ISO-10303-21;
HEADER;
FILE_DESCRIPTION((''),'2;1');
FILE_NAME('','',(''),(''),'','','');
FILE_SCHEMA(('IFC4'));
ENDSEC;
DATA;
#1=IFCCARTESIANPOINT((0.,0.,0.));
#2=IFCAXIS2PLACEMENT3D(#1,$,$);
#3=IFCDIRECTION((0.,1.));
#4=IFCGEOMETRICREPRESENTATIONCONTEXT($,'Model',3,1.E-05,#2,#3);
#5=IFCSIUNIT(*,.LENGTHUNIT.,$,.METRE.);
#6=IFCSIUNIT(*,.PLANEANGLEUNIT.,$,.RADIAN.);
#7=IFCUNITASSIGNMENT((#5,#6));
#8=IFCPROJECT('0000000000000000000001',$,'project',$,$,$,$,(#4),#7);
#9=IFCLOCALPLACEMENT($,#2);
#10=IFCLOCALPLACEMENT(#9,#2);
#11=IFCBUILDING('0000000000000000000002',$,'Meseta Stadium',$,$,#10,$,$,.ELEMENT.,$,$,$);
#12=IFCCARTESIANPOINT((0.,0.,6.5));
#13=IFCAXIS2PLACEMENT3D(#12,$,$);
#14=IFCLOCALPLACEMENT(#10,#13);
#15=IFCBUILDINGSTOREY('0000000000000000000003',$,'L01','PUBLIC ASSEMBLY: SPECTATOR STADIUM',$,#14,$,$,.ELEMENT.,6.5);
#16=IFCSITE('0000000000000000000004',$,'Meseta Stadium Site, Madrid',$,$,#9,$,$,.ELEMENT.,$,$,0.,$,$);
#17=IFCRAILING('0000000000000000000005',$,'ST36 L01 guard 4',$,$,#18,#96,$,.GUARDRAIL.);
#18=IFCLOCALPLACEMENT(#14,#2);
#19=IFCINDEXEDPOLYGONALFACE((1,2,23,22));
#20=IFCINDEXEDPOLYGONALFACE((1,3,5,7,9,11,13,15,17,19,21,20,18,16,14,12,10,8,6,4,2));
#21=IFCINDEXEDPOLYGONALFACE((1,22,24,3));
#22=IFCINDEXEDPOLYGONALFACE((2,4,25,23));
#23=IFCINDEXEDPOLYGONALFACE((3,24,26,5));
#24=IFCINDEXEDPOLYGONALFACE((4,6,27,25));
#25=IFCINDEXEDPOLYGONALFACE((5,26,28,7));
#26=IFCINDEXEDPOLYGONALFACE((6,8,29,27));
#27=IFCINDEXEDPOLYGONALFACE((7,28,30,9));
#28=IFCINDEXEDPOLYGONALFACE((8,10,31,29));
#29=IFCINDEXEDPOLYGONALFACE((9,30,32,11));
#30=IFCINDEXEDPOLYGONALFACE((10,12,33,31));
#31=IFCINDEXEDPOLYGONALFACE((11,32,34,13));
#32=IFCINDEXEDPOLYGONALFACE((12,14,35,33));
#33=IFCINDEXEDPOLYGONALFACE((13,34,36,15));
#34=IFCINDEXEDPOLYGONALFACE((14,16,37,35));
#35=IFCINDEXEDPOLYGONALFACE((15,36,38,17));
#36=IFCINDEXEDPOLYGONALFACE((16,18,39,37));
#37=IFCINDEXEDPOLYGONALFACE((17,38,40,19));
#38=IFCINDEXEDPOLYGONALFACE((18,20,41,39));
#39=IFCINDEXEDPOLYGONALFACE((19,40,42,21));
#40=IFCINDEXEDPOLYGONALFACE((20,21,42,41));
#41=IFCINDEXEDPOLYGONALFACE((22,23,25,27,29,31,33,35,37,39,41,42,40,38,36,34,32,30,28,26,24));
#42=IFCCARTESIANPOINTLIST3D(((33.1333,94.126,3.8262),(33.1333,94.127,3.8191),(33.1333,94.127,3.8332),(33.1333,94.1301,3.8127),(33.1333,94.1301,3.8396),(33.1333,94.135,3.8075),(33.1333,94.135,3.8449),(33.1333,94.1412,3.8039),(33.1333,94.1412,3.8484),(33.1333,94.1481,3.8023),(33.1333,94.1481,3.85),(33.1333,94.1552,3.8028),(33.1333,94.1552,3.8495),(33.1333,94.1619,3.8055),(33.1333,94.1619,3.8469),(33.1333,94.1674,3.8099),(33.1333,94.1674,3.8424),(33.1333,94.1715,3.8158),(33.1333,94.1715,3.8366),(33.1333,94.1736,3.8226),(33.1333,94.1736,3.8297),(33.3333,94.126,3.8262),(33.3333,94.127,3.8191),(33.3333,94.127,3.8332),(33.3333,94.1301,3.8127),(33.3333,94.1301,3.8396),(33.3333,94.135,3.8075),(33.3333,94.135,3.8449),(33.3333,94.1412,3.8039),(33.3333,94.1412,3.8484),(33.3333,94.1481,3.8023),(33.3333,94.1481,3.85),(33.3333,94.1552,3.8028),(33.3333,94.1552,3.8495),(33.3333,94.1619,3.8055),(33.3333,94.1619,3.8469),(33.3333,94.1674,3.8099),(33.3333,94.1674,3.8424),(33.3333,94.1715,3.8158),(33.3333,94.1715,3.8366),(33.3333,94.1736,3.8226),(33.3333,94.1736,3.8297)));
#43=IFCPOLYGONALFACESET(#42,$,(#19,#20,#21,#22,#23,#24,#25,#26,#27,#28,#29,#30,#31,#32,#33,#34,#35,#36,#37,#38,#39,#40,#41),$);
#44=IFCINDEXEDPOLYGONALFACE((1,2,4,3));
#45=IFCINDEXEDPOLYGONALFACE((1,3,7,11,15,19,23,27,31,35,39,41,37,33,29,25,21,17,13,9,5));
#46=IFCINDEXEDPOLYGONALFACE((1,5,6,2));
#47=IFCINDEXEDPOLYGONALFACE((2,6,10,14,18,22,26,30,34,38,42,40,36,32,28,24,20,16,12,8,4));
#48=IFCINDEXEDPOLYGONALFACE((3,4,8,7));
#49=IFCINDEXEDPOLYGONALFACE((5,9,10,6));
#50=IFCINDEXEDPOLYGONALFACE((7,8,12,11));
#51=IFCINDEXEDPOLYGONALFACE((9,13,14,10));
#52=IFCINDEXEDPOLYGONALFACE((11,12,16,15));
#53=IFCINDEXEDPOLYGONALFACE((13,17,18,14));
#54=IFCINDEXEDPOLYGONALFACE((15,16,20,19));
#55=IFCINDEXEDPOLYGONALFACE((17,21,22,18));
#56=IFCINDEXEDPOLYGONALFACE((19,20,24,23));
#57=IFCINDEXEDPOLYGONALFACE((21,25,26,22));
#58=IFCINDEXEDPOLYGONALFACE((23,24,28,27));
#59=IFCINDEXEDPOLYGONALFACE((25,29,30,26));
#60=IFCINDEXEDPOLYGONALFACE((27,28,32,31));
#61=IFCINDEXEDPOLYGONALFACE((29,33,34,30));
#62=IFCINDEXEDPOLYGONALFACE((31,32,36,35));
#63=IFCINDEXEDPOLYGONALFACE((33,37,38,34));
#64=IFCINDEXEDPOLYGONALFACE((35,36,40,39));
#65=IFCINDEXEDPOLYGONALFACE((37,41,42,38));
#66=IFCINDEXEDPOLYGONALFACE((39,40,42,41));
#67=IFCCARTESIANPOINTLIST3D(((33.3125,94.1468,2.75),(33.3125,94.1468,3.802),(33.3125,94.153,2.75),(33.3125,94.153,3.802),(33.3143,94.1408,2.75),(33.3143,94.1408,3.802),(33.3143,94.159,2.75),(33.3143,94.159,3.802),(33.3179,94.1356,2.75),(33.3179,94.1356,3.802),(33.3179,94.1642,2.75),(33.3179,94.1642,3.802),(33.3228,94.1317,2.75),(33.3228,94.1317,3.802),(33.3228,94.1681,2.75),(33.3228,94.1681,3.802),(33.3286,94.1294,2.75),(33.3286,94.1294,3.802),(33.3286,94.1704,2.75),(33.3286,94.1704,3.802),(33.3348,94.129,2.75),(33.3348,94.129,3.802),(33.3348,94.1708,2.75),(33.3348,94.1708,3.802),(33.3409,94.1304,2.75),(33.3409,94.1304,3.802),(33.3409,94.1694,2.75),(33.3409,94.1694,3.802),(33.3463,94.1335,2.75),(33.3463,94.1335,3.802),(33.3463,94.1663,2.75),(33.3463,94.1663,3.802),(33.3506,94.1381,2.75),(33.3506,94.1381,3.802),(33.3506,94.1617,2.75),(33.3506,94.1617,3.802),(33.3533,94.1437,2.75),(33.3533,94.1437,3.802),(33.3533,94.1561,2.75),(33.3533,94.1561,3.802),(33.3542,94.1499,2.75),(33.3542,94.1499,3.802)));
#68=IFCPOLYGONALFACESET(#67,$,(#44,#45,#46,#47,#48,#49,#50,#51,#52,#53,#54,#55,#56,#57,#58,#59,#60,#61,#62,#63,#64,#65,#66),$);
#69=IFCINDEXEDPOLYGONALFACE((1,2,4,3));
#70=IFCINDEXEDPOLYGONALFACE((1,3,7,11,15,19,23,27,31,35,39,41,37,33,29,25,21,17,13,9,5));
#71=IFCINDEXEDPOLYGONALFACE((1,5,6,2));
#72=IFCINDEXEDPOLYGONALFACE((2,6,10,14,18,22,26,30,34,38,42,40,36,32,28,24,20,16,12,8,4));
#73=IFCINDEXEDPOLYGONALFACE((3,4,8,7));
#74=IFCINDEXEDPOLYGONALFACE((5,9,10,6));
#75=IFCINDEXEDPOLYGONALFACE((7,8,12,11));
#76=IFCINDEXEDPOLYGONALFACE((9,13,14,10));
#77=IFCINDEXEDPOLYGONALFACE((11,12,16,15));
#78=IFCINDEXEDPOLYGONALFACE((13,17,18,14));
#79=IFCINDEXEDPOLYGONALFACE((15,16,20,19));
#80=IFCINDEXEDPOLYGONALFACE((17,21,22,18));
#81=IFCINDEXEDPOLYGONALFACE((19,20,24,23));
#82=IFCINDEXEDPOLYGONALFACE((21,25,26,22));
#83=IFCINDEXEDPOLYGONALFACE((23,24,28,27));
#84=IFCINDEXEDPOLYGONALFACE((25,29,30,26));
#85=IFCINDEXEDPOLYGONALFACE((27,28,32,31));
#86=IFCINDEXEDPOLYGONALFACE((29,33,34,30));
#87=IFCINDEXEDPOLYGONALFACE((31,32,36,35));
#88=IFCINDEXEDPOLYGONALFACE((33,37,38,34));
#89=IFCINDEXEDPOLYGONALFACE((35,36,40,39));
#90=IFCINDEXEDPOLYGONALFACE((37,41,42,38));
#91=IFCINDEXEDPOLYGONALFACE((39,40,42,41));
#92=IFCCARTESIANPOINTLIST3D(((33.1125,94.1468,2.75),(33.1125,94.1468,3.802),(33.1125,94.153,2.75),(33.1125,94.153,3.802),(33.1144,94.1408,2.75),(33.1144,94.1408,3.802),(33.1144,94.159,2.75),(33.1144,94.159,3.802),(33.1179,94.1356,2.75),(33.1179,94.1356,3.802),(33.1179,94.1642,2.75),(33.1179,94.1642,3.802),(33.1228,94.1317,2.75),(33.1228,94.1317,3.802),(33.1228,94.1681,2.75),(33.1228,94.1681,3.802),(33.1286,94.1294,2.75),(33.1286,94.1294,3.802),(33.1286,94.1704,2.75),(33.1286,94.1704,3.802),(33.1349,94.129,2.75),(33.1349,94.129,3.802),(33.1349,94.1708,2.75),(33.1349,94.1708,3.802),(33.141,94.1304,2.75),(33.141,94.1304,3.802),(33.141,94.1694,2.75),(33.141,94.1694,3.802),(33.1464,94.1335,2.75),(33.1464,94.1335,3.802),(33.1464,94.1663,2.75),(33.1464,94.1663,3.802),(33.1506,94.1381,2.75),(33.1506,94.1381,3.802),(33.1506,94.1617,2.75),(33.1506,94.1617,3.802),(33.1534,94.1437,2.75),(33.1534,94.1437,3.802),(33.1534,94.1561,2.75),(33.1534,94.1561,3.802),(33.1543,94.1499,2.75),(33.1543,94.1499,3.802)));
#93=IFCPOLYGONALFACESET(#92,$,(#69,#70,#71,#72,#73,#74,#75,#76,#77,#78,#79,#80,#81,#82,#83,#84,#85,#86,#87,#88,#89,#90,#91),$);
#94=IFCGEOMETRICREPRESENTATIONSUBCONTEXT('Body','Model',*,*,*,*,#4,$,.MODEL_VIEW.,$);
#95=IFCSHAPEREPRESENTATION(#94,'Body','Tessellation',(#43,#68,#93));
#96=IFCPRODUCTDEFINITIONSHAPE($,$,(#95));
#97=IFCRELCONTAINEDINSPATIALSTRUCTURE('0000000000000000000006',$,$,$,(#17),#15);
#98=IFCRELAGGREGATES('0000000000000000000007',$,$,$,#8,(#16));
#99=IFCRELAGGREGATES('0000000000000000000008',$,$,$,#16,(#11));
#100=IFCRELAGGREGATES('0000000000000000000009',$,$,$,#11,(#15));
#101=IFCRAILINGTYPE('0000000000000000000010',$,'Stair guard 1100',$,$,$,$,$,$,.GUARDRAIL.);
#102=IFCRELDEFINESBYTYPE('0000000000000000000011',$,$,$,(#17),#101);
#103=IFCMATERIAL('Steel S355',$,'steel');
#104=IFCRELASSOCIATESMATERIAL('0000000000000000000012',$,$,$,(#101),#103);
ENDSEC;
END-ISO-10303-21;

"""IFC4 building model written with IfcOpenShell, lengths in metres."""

from ifc_helpers import new_model, si_unit, direction, frame, origin, origin_2d, place, context, subcontext, project, spatial, circle, extrude, material, type_object, element, save


model = new_model("IFC4")

# Units and contexts
model_context = context("Model", 3, precision=1e-05, world=origin(), true_north=direction((0.0, 1.0)))
body_context = subcontext(model_context, "Body", "Model", "MODEL_VIEW")
ifc_project = project(units=[si_unit("LENGTHUNIT", "METRE"), si_unit("PLANEANGLEUNIT", "RADIAN")], contexts=[model_context])

# Site, building, storey
site_placement = place(None, origin())
site = spatial("IfcSite", under=ifc_project, at=site_placement, Name="Meseta Stadium Site, Madrid", CompositionType="ELEMENT", RefElevation=0.0)
building_placement = place(site_placement, origin())
building = spatial("IfcBuilding", under=site, at=building_placement, Name="Meseta Stadium", CompositionType="ELEMENT")
storey_placement = place(building_placement, frame((0.0, 0.0, 6.5)))
storey = spatial("IfcBuildingStorey", under=building, at=storey_placement, Name="L01", Description="PUBLIC ASSEMBLY: SPECTATOR STADIUM", CompositionType="ELEMENT", Elevation=6.5)

# Railing
ifc_material_1 = material(Name="Steel S355", Category="steel")
railing_type_1 = type_object("IfcRailingType", Name="Stair guard 1100", PredefinedType="GUARDRAIL", material=ifc_material_1)
railing_1_placement = place(storey_placement, frame((33.3333, 94.1499, 2.75)))
element("IfcRailing", 1, at=railing_1_placement, inside=storey, type_object=railing_type_1, Name="ST36 L01 guard 4", PredefinedType="GUARDRAIL", context=body_context, shape_type="SweptSolid", body=[
    extrude(circle(Radius=0.0239, at=origin_2d()), frame((0.0, 0.0, 1.0762), z_axis=(-1.0, 0.0, 0.0), x_axis=(0.0, -1.0, 0.0)), (0.0, 0.0, 1.0), 0.2),
    extrude(circle(Radius=0.021, at=origin_2d()), origin(), (0.0, 0.0, 1.0), 1.052),
    extrude(circle(Radius=0.021, at=origin_2d()), frame((-0.2, 0.0, 0.0)), (0.0, 0.0, 1.0), 1.052),
])

save(model, "model.ifc")
